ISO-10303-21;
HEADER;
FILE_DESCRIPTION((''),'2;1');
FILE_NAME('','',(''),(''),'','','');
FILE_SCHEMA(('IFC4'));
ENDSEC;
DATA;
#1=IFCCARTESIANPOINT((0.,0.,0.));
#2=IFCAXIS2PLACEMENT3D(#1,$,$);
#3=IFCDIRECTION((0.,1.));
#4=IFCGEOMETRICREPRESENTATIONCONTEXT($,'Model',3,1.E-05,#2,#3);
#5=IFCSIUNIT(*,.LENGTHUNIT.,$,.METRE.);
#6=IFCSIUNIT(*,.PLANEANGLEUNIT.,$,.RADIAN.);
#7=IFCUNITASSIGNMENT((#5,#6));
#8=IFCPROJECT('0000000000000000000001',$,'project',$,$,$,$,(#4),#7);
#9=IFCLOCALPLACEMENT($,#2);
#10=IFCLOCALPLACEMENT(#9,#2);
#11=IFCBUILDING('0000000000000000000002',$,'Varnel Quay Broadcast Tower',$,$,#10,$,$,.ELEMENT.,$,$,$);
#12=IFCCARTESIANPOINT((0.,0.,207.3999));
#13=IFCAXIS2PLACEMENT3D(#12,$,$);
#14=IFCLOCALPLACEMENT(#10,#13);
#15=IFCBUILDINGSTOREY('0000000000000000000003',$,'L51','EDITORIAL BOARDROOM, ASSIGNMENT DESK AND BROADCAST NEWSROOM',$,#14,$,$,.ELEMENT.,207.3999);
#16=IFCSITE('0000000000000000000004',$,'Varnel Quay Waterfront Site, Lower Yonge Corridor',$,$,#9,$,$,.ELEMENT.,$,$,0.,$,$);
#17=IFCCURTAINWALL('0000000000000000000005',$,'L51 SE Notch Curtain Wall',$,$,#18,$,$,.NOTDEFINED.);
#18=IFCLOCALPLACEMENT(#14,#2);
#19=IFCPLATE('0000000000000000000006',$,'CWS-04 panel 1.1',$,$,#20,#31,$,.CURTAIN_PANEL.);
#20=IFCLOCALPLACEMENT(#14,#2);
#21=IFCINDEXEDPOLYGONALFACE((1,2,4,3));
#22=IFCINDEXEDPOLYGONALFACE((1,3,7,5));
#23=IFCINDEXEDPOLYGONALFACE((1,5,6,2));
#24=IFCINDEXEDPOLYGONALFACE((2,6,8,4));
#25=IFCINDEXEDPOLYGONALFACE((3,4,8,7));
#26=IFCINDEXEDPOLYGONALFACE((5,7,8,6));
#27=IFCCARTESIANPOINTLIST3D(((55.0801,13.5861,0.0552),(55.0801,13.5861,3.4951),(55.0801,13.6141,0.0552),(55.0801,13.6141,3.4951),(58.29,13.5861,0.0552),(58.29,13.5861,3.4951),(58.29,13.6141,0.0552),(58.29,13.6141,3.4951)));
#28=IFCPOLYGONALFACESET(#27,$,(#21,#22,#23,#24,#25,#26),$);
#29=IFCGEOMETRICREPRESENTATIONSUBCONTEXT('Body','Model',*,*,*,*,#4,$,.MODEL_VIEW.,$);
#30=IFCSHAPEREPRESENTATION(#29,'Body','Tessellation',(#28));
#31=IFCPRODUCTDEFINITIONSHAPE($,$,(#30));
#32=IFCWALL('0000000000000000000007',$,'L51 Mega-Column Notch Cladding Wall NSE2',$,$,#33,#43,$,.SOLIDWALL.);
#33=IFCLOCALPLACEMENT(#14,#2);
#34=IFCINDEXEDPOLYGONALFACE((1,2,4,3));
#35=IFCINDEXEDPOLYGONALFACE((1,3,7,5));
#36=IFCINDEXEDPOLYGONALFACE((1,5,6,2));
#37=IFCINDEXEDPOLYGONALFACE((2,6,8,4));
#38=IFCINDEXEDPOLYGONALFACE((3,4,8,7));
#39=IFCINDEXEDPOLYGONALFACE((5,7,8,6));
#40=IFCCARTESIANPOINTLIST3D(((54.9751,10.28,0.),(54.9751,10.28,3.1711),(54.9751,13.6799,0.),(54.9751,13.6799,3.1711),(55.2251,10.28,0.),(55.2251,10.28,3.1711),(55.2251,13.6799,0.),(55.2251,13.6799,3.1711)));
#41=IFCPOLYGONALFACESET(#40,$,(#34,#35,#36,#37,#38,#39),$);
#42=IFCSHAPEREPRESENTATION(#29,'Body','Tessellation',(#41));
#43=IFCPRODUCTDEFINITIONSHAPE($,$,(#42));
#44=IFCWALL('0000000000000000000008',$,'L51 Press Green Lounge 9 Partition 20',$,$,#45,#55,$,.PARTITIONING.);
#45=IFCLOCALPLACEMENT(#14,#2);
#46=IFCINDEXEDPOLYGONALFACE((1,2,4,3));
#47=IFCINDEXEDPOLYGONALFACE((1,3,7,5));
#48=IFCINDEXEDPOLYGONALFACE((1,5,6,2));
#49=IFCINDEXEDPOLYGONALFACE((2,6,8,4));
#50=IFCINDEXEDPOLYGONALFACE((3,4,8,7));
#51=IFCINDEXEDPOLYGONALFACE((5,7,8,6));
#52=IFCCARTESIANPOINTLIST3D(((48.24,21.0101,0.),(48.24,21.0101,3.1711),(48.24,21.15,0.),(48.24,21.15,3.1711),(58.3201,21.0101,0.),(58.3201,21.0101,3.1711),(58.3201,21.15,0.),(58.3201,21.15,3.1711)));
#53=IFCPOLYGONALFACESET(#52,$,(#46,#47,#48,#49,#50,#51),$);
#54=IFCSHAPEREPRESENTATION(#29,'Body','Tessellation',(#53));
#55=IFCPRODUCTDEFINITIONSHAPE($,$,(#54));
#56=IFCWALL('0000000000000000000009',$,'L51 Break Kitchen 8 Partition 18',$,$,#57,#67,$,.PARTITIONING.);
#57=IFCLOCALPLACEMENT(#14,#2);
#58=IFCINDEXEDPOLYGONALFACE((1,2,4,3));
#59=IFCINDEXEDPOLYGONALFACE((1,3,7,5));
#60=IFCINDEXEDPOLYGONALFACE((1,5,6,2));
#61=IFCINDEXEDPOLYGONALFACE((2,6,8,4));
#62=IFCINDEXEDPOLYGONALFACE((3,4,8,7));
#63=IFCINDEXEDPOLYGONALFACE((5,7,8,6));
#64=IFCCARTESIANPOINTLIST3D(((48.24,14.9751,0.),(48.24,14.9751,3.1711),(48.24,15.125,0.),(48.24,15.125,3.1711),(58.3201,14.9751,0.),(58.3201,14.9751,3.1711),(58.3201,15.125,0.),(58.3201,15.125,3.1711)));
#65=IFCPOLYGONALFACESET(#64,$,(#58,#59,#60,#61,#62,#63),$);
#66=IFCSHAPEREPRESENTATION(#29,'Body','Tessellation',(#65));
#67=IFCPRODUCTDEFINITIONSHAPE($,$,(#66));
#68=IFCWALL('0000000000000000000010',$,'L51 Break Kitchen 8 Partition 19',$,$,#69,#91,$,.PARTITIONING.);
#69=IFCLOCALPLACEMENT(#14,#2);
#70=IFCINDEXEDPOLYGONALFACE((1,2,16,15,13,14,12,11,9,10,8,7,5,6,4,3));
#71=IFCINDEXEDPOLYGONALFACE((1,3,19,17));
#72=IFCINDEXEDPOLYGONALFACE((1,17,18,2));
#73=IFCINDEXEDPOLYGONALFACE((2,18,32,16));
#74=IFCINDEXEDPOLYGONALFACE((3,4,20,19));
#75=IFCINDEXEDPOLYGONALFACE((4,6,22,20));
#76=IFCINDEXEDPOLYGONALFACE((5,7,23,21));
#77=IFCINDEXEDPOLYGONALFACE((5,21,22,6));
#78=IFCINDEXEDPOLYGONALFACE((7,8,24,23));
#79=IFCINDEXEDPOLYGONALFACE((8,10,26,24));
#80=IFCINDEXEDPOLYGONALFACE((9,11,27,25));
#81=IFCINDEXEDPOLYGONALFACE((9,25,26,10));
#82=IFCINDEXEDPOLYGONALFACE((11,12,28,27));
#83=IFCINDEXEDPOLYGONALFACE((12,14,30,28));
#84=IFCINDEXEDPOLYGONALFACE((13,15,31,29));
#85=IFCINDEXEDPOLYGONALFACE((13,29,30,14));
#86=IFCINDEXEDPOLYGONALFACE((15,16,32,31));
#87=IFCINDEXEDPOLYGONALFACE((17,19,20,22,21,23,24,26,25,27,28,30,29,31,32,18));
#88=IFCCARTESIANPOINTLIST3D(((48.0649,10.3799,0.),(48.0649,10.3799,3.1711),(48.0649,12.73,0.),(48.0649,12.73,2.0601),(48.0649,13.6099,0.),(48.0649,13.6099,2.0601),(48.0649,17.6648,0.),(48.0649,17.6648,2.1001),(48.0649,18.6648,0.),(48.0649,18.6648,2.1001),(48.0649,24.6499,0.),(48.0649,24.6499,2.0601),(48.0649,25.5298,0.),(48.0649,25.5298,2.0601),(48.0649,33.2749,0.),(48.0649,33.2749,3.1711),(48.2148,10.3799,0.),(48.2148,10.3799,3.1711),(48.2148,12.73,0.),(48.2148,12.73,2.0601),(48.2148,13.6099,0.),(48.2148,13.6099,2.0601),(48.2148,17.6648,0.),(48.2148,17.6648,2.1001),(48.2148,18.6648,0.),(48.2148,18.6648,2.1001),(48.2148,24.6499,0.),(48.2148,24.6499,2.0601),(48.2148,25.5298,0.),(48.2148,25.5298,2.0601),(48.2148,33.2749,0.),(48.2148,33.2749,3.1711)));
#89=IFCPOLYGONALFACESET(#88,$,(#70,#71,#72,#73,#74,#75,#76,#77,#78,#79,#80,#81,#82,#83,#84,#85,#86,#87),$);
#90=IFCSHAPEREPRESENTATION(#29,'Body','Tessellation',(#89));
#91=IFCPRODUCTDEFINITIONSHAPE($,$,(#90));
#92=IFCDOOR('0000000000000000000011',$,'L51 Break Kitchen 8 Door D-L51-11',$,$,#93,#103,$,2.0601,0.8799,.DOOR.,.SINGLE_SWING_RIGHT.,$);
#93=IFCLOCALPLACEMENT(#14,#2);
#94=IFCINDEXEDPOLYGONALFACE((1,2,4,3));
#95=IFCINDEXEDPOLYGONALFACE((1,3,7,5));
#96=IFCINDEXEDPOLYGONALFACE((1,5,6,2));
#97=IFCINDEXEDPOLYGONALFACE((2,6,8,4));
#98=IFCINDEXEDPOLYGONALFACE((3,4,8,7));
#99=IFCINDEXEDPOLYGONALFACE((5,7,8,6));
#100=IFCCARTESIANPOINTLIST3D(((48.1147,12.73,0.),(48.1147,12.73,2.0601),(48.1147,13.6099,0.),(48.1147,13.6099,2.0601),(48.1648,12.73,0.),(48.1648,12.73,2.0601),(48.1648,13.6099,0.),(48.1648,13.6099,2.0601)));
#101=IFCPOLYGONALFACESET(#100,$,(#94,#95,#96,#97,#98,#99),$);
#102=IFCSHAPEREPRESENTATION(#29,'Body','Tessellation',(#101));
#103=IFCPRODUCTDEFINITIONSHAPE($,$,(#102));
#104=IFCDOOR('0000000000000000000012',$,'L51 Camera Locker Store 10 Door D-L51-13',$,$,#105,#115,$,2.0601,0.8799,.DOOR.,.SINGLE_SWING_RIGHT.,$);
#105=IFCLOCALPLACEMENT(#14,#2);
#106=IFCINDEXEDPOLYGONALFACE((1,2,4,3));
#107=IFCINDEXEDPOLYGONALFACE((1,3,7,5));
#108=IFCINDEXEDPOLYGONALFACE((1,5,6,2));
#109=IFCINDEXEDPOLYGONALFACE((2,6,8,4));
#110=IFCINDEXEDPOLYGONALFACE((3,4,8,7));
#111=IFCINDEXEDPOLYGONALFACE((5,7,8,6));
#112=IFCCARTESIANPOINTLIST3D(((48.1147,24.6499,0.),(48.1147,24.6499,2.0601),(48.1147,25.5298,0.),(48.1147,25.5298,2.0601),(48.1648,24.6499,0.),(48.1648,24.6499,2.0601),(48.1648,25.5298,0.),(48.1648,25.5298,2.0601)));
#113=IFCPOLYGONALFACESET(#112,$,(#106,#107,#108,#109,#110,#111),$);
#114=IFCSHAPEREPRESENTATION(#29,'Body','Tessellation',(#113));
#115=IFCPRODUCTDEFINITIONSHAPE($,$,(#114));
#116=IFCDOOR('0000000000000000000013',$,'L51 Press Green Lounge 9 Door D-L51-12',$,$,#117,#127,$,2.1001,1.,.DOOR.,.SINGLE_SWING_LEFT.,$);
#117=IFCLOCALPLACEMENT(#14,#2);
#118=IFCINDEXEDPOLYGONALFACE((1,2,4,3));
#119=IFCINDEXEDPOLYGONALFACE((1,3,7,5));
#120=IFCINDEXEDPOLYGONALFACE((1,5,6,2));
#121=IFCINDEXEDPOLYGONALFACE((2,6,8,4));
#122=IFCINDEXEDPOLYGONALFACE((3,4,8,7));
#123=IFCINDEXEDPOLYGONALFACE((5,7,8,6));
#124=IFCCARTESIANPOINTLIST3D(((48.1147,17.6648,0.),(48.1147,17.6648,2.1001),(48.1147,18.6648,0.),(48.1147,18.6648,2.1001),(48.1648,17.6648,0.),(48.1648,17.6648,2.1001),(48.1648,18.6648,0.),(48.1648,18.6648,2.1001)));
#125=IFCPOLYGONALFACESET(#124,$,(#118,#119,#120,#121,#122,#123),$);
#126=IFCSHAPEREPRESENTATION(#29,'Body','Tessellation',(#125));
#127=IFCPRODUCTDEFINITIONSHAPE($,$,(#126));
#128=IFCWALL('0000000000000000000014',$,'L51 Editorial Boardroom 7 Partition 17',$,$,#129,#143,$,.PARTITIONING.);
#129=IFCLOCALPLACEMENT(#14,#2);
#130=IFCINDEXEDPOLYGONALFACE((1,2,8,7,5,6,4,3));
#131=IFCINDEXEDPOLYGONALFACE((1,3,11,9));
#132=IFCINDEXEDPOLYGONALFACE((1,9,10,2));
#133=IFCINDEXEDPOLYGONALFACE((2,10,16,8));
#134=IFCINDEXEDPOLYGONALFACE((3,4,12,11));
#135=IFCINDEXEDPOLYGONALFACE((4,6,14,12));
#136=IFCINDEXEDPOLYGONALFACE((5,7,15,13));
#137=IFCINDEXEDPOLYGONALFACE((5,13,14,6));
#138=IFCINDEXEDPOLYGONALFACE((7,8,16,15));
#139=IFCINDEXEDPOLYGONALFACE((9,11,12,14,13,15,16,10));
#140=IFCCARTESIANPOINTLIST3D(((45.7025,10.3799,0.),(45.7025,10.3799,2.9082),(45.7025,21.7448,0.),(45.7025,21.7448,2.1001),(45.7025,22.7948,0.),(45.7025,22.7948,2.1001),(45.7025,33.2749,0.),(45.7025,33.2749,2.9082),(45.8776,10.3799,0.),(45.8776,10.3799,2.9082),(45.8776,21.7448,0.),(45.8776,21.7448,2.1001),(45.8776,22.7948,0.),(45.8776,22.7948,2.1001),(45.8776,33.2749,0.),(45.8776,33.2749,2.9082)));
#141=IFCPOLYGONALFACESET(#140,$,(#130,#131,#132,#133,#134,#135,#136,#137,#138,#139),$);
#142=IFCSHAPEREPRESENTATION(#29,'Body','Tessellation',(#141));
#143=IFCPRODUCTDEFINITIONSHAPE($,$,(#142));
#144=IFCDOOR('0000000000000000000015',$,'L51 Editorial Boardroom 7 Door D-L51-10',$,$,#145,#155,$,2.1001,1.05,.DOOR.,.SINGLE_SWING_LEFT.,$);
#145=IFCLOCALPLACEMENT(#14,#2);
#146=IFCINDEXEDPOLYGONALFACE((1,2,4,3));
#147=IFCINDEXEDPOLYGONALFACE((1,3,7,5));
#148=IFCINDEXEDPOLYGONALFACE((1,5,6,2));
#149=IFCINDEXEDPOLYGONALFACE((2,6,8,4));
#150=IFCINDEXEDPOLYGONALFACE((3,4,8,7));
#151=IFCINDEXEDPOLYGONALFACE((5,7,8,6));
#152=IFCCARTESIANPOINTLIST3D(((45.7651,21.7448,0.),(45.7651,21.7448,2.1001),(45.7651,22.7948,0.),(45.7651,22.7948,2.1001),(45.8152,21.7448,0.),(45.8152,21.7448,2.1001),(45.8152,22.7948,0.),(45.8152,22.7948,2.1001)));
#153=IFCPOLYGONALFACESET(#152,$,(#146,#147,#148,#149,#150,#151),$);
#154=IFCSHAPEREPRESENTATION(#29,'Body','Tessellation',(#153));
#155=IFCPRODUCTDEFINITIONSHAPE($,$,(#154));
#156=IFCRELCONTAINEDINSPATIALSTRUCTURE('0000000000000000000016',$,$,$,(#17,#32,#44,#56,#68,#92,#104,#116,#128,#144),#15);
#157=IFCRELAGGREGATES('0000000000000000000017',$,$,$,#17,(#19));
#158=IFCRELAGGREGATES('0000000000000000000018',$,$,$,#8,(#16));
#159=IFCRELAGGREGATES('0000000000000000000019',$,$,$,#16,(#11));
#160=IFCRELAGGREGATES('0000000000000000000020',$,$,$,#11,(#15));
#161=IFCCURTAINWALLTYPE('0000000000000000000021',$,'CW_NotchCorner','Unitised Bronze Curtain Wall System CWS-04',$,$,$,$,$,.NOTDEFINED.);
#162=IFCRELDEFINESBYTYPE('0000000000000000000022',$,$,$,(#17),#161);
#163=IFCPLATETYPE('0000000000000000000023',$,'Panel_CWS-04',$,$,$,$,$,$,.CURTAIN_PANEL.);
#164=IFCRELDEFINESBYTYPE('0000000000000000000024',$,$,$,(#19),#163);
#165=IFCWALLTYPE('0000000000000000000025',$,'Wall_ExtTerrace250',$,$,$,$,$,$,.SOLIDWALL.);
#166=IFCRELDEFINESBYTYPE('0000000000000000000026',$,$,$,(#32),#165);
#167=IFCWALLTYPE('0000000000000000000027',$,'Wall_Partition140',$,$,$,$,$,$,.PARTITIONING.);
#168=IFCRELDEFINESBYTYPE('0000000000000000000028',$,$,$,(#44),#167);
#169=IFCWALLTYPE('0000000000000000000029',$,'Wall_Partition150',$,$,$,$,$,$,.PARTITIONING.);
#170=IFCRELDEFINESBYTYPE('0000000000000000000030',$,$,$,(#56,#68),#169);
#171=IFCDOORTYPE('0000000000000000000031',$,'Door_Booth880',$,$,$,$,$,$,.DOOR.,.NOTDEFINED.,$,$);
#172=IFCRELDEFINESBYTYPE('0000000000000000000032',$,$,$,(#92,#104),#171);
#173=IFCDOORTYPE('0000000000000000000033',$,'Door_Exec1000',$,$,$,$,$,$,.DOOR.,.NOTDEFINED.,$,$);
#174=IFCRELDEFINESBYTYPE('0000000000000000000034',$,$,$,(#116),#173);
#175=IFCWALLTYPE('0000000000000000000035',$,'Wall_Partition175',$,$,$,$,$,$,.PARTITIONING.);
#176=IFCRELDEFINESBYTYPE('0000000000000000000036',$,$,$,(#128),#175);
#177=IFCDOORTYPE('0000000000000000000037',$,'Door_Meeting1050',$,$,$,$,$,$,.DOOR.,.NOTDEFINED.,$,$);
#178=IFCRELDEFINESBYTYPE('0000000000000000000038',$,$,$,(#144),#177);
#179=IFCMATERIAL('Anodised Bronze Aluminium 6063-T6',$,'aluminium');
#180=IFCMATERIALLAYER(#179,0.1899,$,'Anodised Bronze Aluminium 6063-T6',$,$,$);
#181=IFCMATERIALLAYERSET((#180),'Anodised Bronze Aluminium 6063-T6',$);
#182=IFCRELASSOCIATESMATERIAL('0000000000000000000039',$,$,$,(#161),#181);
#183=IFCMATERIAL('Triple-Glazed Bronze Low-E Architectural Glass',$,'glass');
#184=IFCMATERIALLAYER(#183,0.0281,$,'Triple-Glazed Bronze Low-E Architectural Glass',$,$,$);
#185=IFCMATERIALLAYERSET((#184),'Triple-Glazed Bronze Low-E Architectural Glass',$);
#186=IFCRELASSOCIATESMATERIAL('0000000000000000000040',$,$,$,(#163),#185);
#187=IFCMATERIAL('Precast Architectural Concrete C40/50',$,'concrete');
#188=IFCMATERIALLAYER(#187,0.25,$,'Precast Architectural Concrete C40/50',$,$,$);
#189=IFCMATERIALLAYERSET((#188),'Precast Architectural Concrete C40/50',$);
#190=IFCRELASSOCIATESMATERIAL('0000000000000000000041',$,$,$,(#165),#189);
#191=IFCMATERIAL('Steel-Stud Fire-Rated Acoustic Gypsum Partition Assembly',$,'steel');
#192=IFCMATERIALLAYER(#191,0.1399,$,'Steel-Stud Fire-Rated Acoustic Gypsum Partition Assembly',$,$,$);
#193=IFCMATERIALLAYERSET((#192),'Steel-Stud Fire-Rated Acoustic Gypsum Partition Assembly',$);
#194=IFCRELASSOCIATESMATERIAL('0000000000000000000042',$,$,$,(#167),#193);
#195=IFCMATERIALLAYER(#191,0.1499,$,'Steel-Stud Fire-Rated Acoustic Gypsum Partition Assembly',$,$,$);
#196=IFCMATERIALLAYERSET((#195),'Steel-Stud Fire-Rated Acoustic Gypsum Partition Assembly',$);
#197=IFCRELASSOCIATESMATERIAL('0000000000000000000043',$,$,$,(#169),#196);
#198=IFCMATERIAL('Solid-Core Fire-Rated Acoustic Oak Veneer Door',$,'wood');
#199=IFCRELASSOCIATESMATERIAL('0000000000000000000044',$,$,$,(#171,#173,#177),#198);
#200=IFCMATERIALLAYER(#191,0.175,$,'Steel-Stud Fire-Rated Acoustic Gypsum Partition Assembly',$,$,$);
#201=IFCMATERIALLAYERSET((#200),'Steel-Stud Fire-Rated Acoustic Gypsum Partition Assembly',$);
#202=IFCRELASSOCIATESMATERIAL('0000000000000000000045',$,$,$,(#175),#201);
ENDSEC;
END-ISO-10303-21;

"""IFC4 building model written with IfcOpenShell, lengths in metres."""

from ifc_helpers import new_model, si_unit, direction, frame, frame_2d, origin, origin_2d, place, context, subcontext, project, spatial, rectangle, extrude, source, transform, mapped, material, layer, layer_set, type_object, type_shapes, element, fill, aggregate, save


model = new_model("IFC4")

# Units and contexts
model_context = context("Model", 3, precision=1e-05, world=origin(), true_north=direction((0.0, 1.0)))
body_context = subcontext(model_context, "Body", "Model", "MODEL_VIEW")
ifc_project = project(units=[si_unit("LENGTHUNIT", "METRE"), si_unit("PLANEANGLEUNIT", "RADIAN")], contexts=[model_context])

# Site, building, storey
site_placement = place(None, origin())
site = spatial("IfcSite", under=ifc_project, at=site_placement, Name="Varnel Quay Waterfront Site, Lower Yonge Corridor", CompositionType="ELEMENT", RefElevation=0.0)
building_placement = place(site_placement, origin())
building = spatial("IfcBuilding", under=site, at=building_placement, Name="Varnel Quay Broadcast Tower", CompositionType="ELEMENT")
storey_placement = place(building_placement, frame((0.0, 0.0, 207.3999)))
storey = spatial("IfcBuildingStorey", under=building, at=storey_placement, Name="L51", Description="EDITORIAL BOARDROOM, ASSIGNMENT DESK AND BROADCAST NEWSROOM", CompositionType="ELEMENT", Elevation=207.3999)

# Curtain wall
ifc_material_1 = material(Name="Anodised Bronze Aluminium 6063-T6", Category="aluminium")
ifc_layer_1 = layer(ifc_material_1, 0.1899, Name="Anodised Bronze Aluminium 6063-T6")
ifc_layer_set_1 = layer_set([ifc_layer_1], Name="Anodised Bronze Aluminium 6063-T6")
curtain_wall_type_1 = type_object("IfcCurtainWallType", Name="CW_NotchCorner", Description="Unitised Bronze Curtain Wall System CWS-04", PredefinedType="NOTDEFINED", material=ifc_layer_set_1)
curtain_wall_1_placement = place(storey_placement, origin())
curtain_wall_1 = element("IfcCurtainWall", 1, at=curtain_wall_1_placement, inside=storey, type_object=curtain_wall_type_1, Name="L51 SE Notch Curtain Wall", PredefinedType="NOTDEFINED")

# Plate
ifc_material_2 = material(Name="Triple-Glazed Bronze Low-E Architectural Glass", Category="glass")
ifc_layer_2 = layer(ifc_material_2, 0.0281, Name="Triple-Glazed Bronze Low-E Architectural Glass")
ifc_layer_set_2 = layer_set([ifc_layer_2], Name="Triple-Glazed Bronze Low-E Architectural Glass")
plate_type_1 = type_object("IfcPlateType", Name="Panel_CWS-04", PredefinedType="CURTAIN_PANEL", material=ifc_layer_set_2)
shared_shape_1 = source(origin(), body_context, "Body", "SweptSolid", [
    extrude(rectangle(XDim=3.21, YDim=0.0281, at=origin_2d()), origin(), (0.0, 0.0, 1.0), 3.4399),
])
type_shapes(plate_type_1, [shared_shape_1])
plate_1_placement = place(storey_placement, frame((56.6851, 13.6001, 0.0552), z_axis=(0.0, 0.0, 1.0), x_axis=(1.0, 0.0, 0.0)))
plate_1 = element("IfcPlate", 2, at=plate_1_placement, type_object=plate_type_1, Name="CWS-04 panel 1.1", PredefinedType="CURTAIN_PANEL", context=body_context, shape_type="MappedRepresentation", body=[
    mapped(shared_shape_1, transform((0.0, 0.0, 0.0), x_axis=(1.0, 0.0, 0.0), y_axis=(0.0, 1.0, 0.0), z_axis=(0.0, 0.0, 1.0), scale=1.0)),
])
aggregate(curtain_wall_1, [plate_1])

# Walls
ifc_material_3 = material(Name="Precast Architectural Concrete C40/50", Category="concrete")
ifc_layer_3 = layer(ifc_material_3, 0.25, Name="Precast Architectural Concrete C40/50")
ifc_layer_set_3 = layer_set([ifc_layer_3], Name="Precast Architectural Concrete C40/50")
wall_type_1 = type_object("IfcWallType", Name="Wall_ExtTerrace250", PredefinedType="SOLIDWALL", material=ifc_layer_set_3)
wall_1_placement = place(storey_placement, frame((55.1001, 10.28, 0.0), z_axis=(0.0, 0.0, 1.0), x_axis=(0.0, 1.0, 0.0)))
element("IfcWall", 3, at=wall_1_placement, inside=storey, type_object=wall_type_1, Name="L51 Mega-Column Notch Cladding Wall NSE2", PredefinedType="SOLIDWALL", context=body_context, shape_type="SweptSolid", body=[
    extrude(rectangle(XDim=3.3999, YDim=0.25, at=frame_2d((1.7, 0.0))), origin(), (0.0, 0.0, 1.0), 3.1711),
])
ifc_material_4 = material(Name="Steel-Stud Fire-Rated Acoustic Gypsum Partition Assembly", Category="steel")
ifc_layer_4 = layer(ifc_material_4, 0.1399, Name="Steel-Stud Fire-Rated Acoustic Gypsum Partition Assembly")
ifc_layer_set_4 = layer_set([ifc_layer_4], Name="Steel-Stud Fire-Rated Acoustic Gypsum Partition Assembly")
wall_type_2 = type_object("IfcWallType", Name="Wall_Partition140", PredefinedType="PARTITIONING", material=ifc_layer_set_4)
wall_2_placement = place(storey_placement, frame((48.24, 21.0801, 0.0), z_axis=(0.0, 0.0, 1.0), x_axis=(1.0, 0.0, 0.0)))
element("IfcWall", 4, at=wall_2_placement, inside=storey, type_object=wall_type_2, Name="L51 Press Green Lounge 9 Partition 20", PredefinedType="PARTITIONING", context=body_context, shape_type="SweptSolid", body=[
    extrude(rectangle(XDim=10.0801, YDim=0.1399, at=frame_2d((5.04, 0.0))), origin(), (0.0, 0.0, 1.0), 3.1711),
])
ifc_layer_5 = layer(ifc_material_4, 0.1499, Name="Steel-Stud Fire-Rated Acoustic Gypsum Partition Assembly")
ifc_layer_set_5 = layer_set([ifc_layer_5], Name="Steel-Stud Fire-Rated Acoustic Gypsum Partition Assembly")
wall_type_3 = type_object("IfcWallType", Name="Wall_Partition150", PredefinedType="PARTITIONING", material=ifc_layer_set_5)
wall_3_placement = place(storey_placement, frame((48.24, 15.05, 0.0), z_axis=(0.0, 0.0, 1.0), x_axis=(1.0, 0.0, 0.0)))
element("IfcWall", 5, at=wall_3_placement, inside=storey, type_object=wall_type_3, Name="L51 Break Kitchen 8 Partition 18", PredefinedType="PARTITIONING", context=body_context, shape_type="SweptSolid", body=[
    extrude(rectangle(XDim=10.0801, YDim=0.1499, at=frame_2d((5.04, 0.0))), origin(), (0.0, 0.0, 1.0), 3.1711),
])

# Wall, openings, doors
wall_4_placement = place(storey_placement, frame((48.1399, 10.3799, 0.0), z_axis=(0.0, 0.0, 1.0), x_axis=(0.0, 1.0, 0.0)))
wall_4 = element("IfcWall", 6, at=wall_4_placement, inside=storey, type_object=wall_type_3, Name="L51 Break Kitchen 8 Partition 19", PredefinedType="PARTITIONING", context=body_context, shape_type="SweptSolid", body=[
    extrude(rectangle(XDim=22.895, YDim=0.1499, at=frame_2d((11.4475, 0.0))), origin(), (0.0, 0.0, 1.0), 3.1711),
])
opening_1_placement = place(wall_4_placement, frame((2.3501, 0.0, 0.0)))
opening_1 = element("IfcOpeningElement", 7, at=opening_1_placement, cuts=wall_4, PredefinedType="OPENING", context=body_context, shape_type="SweptSolid", body=[
    extrude(rectangle(XDim=0.8799, YDim=2.0601, at=frame_2d((0.4399, 1.03))), frame((0.0, 0.085, 0.0), z_axis=(0.0, -1.0, 0.0), x_axis=(1.0, 0.0, 0.0)), (0.0, 0.0, 1.0), 0.1699),
])
opening_2_placement = place(wall_4_placement, frame((7.2849, 0.0, 0.0)))
opening_2 = element("IfcOpeningElement", 8, at=opening_2_placement, cuts=wall_4, PredefinedType="OPENING", context=body_context, shape_type="SweptSolid", body=[
    extrude(rectangle(XDim=1.0, YDim=2.1001, at=frame_2d((0.5, 1.05))), frame((0.0, 0.085, 0.0), z_axis=(0.0, -1.0, 0.0), x_axis=(1.0, 0.0, 0.0)), (0.0, 0.0, 1.0), 0.1699),
])
opening_3_placement = place(wall_4_placement, frame((14.27, 0.0, 0.0)))
opening_3 = element("IfcOpeningElement", 9, at=opening_3_placement, cuts=wall_4, PredefinedType="OPENING", context=body_context, shape_type="SweptSolid", body=[
    extrude(rectangle(XDim=0.8799, YDim=2.0601, at=frame_2d((0.4399, 1.03))), frame((0.0, 0.085, 0.0), z_axis=(0.0, -1.0, 0.0), x_axis=(1.0, 0.0, 0.0)), (0.0, 0.0, 1.0), 0.1699),
])
ifc_material_5 = material(Name="Solid-Core Fire-Rated Acoustic Oak Veneer Door", Category="wood")
door_type_1 = type_object("IfcDoorType", Name="Door_Booth880", OperationType="NOTDEFINED", PredefinedType="DOOR", material=ifc_material_5)
shared_shape_2 = source(origin(), body_context, "Body", "SweptSolid", [
    extrude(rectangle(XDim=0.8799, YDim=2.0601, at=frame_2d((0.4399, 1.03))), frame((0.0, 0.0249, 0.0), z_axis=(0.0, -1.0, 0.0), x_axis=(1.0, 0.0, 0.0)), (0.0, 0.0, 1.0), 0.05),
])
type_shapes(door_type_1, [shared_shape_2])
door_1_placement = place(opening_1_placement, frame((0.8799, 0.0, 0.0), z_axis=(0.0, 0.0, 1.0), x_axis=(-1.0, 0.0, 0.0)))
door_1 = element("IfcDoor", 10, at=door_1_placement, inside=storey, type_object=door_type_1, Name="L51 Break Kitchen 8 Door D-L51-11", OperationType="SINGLE_SWING_RIGHT", OverallHeight=2.0601, OverallWidth=0.8799, PredefinedType="DOOR", context=body_context, shape_type="MappedRepresentation", body=[
    mapped(shared_shape_2, transform((0.0, 0.0, 0.0), x_axis=(1.0, 0.0, 0.0), y_axis=(0.0, 1.0, 0.0), z_axis=(0.0, 0.0, 1.0), scale=1.0)),
])
fill(opening_1, door_1)
door_2_placement = place(opening_3_placement, frame((0.8799, 0.0, 0.0), z_axis=(0.0, 0.0, 1.0), x_axis=(-1.0, 0.0, 0.0)))
door_2 = element("IfcDoor", 11, at=door_2_placement, inside=storey, type_object=door_type_1, Name="L51 Camera Locker Store 10 Door D-L51-13", OperationType="SINGLE_SWING_RIGHT", OverallHeight=2.0601, OverallWidth=0.8799, PredefinedType="DOOR", context=body_context, shape_type="MappedRepresentation", body=[
    mapped(shared_shape_2, transform((0.0, 0.0, 0.0), x_axis=(1.0, 0.0, 0.0), y_axis=(0.0, 1.0, 0.0), z_axis=(0.0, 0.0, 1.0), scale=1.0)),
])
fill(opening_3, door_2)
door_type_2 = type_object("IfcDoorType", Name="Door_Exec1000", OperationType="NOTDEFINED", PredefinedType="DOOR", material=ifc_material_5)
shared_shape_3 = source(origin(), body_context, "Body", "SweptSolid", [
    extrude(rectangle(XDim=1.0, YDim=2.1001, at=frame_2d((0.5, 1.05))), frame((0.0, 0.0249, 0.0), z_axis=(0.0, -1.0, 0.0), x_axis=(1.0, 0.0, 0.0)), (0.0, 0.0, 1.0), 0.05),
])
type_shapes(door_type_2, [shared_shape_3])
door_3_placement = place(opening_2_placement, frame((1.0, 0.0, 0.0), z_axis=(0.0, 0.0, 1.0), x_axis=(-1.0, 0.0, 0.0)))
door_3 = element("IfcDoor", 12, at=door_3_placement, inside=storey, type_object=door_type_2, Name="L51 Press Green Lounge 9 Door D-L51-12", OperationType="SINGLE_SWING_LEFT", OverallHeight=2.1001, OverallWidth=1.0, PredefinedType="DOOR", context=body_context, shape_type="MappedRepresentation", body=[
    mapped(shared_shape_3, transform((0.0, 0.0, 0.0), x_axis=(1.0, 0.0, 0.0), y_axis=(0.0, 1.0, 0.0), z_axis=(0.0, 0.0, 1.0), scale=1.0)),
])
fill(opening_2, door_3)

# Wall, opening, door
ifc_layer_6 = layer(ifc_material_4, 0.175, Name="Steel-Stud Fire-Rated Acoustic Gypsum Partition Assembly")
ifc_layer_set_6 = layer_set([ifc_layer_6], Name="Steel-Stud Fire-Rated Acoustic Gypsum Partition Assembly")
wall_type_4 = type_object("IfcWallType", Name="Wall_Partition175", PredefinedType="PARTITIONING", material=ifc_layer_set_6)
wall_5_placement = place(storey_placement, frame((45.79, 10.3799, 0.0), z_axis=(0.0, 0.0, 1.0), x_axis=(0.0, 1.0, 0.0)))
wall_5 = element("IfcWall", 13, at=wall_5_placement, inside=storey, type_object=wall_type_4, Name="L51 Editorial Boardroom 7 Partition 17", PredefinedType="PARTITIONING", context=body_context, shape_type="SweptSolid", body=[
    extrude(rectangle(XDim=22.895, YDim=0.175, at=frame_2d((11.4475, 0.0))), origin(), (0.0, 0.0, 1.0), 2.9082),
])
opening_4_placement = place(wall_5_placement, frame((11.365, 0.0, 0.0)))
opening_4 = element("IfcOpeningElement", 14, at=opening_4_placement, cuts=wall_5, PredefinedType="OPENING", context=body_context, shape_type="SweptSolid", body=[
    extrude(rectangle(XDim=1.05, YDim=2.1001, at=frame_2d((0.5249, 1.05))), frame((0.0, 0.0977, 0.0), z_axis=(0.0, -1.0, 0.0), x_axis=(1.0, 0.0, 0.0)), (0.0, 0.0, 1.0), 0.1951),
])
door_type_3 = type_object("IfcDoorType", Name="Door_Meeting1050", OperationType="NOTDEFINED", PredefinedType="DOOR", material=ifc_material_5)
shared_shape_4 = source(origin(), body_context, "Body", "SweptSolid", [
    extrude(rectangle(XDim=1.05, YDim=2.1001, at=frame_2d((0.5249, 1.05))), frame((0.0, 0.0249, 0.0), z_axis=(0.0, -1.0, 0.0), x_axis=(1.0, 0.0, 0.0)), (0.0, 0.0, 1.0), 0.05),
])
type_shapes(door_type_3, [shared_shape_4])
door_4_placement = place(opening_4_placement, origin())
door_4 = element("IfcDoor", 15, at=door_4_placement, inside=storey, type_object=door_type_3, Name="L51 Editorial Boardroom 7 Door D-L51-10", OperationType="SINGLE_SWING_LEFT", OverallHeight=2.1001, OverallWidth=1.05, PredefinedType="DOOR", context=body_context, shape_type="MappedRepresentation", body=[
    mapped(shared_shape_4, transform((0.0, 0.0, 0.0), x_axis=(1.0, 0.0, 0.0), y_axis=(0.0, 1.0, 0.0), z_axis=(0.0, 0.0, 1.0), scale=1.0)),
])
fill(opening_4, door_4)

save(model, "model.ifc")
